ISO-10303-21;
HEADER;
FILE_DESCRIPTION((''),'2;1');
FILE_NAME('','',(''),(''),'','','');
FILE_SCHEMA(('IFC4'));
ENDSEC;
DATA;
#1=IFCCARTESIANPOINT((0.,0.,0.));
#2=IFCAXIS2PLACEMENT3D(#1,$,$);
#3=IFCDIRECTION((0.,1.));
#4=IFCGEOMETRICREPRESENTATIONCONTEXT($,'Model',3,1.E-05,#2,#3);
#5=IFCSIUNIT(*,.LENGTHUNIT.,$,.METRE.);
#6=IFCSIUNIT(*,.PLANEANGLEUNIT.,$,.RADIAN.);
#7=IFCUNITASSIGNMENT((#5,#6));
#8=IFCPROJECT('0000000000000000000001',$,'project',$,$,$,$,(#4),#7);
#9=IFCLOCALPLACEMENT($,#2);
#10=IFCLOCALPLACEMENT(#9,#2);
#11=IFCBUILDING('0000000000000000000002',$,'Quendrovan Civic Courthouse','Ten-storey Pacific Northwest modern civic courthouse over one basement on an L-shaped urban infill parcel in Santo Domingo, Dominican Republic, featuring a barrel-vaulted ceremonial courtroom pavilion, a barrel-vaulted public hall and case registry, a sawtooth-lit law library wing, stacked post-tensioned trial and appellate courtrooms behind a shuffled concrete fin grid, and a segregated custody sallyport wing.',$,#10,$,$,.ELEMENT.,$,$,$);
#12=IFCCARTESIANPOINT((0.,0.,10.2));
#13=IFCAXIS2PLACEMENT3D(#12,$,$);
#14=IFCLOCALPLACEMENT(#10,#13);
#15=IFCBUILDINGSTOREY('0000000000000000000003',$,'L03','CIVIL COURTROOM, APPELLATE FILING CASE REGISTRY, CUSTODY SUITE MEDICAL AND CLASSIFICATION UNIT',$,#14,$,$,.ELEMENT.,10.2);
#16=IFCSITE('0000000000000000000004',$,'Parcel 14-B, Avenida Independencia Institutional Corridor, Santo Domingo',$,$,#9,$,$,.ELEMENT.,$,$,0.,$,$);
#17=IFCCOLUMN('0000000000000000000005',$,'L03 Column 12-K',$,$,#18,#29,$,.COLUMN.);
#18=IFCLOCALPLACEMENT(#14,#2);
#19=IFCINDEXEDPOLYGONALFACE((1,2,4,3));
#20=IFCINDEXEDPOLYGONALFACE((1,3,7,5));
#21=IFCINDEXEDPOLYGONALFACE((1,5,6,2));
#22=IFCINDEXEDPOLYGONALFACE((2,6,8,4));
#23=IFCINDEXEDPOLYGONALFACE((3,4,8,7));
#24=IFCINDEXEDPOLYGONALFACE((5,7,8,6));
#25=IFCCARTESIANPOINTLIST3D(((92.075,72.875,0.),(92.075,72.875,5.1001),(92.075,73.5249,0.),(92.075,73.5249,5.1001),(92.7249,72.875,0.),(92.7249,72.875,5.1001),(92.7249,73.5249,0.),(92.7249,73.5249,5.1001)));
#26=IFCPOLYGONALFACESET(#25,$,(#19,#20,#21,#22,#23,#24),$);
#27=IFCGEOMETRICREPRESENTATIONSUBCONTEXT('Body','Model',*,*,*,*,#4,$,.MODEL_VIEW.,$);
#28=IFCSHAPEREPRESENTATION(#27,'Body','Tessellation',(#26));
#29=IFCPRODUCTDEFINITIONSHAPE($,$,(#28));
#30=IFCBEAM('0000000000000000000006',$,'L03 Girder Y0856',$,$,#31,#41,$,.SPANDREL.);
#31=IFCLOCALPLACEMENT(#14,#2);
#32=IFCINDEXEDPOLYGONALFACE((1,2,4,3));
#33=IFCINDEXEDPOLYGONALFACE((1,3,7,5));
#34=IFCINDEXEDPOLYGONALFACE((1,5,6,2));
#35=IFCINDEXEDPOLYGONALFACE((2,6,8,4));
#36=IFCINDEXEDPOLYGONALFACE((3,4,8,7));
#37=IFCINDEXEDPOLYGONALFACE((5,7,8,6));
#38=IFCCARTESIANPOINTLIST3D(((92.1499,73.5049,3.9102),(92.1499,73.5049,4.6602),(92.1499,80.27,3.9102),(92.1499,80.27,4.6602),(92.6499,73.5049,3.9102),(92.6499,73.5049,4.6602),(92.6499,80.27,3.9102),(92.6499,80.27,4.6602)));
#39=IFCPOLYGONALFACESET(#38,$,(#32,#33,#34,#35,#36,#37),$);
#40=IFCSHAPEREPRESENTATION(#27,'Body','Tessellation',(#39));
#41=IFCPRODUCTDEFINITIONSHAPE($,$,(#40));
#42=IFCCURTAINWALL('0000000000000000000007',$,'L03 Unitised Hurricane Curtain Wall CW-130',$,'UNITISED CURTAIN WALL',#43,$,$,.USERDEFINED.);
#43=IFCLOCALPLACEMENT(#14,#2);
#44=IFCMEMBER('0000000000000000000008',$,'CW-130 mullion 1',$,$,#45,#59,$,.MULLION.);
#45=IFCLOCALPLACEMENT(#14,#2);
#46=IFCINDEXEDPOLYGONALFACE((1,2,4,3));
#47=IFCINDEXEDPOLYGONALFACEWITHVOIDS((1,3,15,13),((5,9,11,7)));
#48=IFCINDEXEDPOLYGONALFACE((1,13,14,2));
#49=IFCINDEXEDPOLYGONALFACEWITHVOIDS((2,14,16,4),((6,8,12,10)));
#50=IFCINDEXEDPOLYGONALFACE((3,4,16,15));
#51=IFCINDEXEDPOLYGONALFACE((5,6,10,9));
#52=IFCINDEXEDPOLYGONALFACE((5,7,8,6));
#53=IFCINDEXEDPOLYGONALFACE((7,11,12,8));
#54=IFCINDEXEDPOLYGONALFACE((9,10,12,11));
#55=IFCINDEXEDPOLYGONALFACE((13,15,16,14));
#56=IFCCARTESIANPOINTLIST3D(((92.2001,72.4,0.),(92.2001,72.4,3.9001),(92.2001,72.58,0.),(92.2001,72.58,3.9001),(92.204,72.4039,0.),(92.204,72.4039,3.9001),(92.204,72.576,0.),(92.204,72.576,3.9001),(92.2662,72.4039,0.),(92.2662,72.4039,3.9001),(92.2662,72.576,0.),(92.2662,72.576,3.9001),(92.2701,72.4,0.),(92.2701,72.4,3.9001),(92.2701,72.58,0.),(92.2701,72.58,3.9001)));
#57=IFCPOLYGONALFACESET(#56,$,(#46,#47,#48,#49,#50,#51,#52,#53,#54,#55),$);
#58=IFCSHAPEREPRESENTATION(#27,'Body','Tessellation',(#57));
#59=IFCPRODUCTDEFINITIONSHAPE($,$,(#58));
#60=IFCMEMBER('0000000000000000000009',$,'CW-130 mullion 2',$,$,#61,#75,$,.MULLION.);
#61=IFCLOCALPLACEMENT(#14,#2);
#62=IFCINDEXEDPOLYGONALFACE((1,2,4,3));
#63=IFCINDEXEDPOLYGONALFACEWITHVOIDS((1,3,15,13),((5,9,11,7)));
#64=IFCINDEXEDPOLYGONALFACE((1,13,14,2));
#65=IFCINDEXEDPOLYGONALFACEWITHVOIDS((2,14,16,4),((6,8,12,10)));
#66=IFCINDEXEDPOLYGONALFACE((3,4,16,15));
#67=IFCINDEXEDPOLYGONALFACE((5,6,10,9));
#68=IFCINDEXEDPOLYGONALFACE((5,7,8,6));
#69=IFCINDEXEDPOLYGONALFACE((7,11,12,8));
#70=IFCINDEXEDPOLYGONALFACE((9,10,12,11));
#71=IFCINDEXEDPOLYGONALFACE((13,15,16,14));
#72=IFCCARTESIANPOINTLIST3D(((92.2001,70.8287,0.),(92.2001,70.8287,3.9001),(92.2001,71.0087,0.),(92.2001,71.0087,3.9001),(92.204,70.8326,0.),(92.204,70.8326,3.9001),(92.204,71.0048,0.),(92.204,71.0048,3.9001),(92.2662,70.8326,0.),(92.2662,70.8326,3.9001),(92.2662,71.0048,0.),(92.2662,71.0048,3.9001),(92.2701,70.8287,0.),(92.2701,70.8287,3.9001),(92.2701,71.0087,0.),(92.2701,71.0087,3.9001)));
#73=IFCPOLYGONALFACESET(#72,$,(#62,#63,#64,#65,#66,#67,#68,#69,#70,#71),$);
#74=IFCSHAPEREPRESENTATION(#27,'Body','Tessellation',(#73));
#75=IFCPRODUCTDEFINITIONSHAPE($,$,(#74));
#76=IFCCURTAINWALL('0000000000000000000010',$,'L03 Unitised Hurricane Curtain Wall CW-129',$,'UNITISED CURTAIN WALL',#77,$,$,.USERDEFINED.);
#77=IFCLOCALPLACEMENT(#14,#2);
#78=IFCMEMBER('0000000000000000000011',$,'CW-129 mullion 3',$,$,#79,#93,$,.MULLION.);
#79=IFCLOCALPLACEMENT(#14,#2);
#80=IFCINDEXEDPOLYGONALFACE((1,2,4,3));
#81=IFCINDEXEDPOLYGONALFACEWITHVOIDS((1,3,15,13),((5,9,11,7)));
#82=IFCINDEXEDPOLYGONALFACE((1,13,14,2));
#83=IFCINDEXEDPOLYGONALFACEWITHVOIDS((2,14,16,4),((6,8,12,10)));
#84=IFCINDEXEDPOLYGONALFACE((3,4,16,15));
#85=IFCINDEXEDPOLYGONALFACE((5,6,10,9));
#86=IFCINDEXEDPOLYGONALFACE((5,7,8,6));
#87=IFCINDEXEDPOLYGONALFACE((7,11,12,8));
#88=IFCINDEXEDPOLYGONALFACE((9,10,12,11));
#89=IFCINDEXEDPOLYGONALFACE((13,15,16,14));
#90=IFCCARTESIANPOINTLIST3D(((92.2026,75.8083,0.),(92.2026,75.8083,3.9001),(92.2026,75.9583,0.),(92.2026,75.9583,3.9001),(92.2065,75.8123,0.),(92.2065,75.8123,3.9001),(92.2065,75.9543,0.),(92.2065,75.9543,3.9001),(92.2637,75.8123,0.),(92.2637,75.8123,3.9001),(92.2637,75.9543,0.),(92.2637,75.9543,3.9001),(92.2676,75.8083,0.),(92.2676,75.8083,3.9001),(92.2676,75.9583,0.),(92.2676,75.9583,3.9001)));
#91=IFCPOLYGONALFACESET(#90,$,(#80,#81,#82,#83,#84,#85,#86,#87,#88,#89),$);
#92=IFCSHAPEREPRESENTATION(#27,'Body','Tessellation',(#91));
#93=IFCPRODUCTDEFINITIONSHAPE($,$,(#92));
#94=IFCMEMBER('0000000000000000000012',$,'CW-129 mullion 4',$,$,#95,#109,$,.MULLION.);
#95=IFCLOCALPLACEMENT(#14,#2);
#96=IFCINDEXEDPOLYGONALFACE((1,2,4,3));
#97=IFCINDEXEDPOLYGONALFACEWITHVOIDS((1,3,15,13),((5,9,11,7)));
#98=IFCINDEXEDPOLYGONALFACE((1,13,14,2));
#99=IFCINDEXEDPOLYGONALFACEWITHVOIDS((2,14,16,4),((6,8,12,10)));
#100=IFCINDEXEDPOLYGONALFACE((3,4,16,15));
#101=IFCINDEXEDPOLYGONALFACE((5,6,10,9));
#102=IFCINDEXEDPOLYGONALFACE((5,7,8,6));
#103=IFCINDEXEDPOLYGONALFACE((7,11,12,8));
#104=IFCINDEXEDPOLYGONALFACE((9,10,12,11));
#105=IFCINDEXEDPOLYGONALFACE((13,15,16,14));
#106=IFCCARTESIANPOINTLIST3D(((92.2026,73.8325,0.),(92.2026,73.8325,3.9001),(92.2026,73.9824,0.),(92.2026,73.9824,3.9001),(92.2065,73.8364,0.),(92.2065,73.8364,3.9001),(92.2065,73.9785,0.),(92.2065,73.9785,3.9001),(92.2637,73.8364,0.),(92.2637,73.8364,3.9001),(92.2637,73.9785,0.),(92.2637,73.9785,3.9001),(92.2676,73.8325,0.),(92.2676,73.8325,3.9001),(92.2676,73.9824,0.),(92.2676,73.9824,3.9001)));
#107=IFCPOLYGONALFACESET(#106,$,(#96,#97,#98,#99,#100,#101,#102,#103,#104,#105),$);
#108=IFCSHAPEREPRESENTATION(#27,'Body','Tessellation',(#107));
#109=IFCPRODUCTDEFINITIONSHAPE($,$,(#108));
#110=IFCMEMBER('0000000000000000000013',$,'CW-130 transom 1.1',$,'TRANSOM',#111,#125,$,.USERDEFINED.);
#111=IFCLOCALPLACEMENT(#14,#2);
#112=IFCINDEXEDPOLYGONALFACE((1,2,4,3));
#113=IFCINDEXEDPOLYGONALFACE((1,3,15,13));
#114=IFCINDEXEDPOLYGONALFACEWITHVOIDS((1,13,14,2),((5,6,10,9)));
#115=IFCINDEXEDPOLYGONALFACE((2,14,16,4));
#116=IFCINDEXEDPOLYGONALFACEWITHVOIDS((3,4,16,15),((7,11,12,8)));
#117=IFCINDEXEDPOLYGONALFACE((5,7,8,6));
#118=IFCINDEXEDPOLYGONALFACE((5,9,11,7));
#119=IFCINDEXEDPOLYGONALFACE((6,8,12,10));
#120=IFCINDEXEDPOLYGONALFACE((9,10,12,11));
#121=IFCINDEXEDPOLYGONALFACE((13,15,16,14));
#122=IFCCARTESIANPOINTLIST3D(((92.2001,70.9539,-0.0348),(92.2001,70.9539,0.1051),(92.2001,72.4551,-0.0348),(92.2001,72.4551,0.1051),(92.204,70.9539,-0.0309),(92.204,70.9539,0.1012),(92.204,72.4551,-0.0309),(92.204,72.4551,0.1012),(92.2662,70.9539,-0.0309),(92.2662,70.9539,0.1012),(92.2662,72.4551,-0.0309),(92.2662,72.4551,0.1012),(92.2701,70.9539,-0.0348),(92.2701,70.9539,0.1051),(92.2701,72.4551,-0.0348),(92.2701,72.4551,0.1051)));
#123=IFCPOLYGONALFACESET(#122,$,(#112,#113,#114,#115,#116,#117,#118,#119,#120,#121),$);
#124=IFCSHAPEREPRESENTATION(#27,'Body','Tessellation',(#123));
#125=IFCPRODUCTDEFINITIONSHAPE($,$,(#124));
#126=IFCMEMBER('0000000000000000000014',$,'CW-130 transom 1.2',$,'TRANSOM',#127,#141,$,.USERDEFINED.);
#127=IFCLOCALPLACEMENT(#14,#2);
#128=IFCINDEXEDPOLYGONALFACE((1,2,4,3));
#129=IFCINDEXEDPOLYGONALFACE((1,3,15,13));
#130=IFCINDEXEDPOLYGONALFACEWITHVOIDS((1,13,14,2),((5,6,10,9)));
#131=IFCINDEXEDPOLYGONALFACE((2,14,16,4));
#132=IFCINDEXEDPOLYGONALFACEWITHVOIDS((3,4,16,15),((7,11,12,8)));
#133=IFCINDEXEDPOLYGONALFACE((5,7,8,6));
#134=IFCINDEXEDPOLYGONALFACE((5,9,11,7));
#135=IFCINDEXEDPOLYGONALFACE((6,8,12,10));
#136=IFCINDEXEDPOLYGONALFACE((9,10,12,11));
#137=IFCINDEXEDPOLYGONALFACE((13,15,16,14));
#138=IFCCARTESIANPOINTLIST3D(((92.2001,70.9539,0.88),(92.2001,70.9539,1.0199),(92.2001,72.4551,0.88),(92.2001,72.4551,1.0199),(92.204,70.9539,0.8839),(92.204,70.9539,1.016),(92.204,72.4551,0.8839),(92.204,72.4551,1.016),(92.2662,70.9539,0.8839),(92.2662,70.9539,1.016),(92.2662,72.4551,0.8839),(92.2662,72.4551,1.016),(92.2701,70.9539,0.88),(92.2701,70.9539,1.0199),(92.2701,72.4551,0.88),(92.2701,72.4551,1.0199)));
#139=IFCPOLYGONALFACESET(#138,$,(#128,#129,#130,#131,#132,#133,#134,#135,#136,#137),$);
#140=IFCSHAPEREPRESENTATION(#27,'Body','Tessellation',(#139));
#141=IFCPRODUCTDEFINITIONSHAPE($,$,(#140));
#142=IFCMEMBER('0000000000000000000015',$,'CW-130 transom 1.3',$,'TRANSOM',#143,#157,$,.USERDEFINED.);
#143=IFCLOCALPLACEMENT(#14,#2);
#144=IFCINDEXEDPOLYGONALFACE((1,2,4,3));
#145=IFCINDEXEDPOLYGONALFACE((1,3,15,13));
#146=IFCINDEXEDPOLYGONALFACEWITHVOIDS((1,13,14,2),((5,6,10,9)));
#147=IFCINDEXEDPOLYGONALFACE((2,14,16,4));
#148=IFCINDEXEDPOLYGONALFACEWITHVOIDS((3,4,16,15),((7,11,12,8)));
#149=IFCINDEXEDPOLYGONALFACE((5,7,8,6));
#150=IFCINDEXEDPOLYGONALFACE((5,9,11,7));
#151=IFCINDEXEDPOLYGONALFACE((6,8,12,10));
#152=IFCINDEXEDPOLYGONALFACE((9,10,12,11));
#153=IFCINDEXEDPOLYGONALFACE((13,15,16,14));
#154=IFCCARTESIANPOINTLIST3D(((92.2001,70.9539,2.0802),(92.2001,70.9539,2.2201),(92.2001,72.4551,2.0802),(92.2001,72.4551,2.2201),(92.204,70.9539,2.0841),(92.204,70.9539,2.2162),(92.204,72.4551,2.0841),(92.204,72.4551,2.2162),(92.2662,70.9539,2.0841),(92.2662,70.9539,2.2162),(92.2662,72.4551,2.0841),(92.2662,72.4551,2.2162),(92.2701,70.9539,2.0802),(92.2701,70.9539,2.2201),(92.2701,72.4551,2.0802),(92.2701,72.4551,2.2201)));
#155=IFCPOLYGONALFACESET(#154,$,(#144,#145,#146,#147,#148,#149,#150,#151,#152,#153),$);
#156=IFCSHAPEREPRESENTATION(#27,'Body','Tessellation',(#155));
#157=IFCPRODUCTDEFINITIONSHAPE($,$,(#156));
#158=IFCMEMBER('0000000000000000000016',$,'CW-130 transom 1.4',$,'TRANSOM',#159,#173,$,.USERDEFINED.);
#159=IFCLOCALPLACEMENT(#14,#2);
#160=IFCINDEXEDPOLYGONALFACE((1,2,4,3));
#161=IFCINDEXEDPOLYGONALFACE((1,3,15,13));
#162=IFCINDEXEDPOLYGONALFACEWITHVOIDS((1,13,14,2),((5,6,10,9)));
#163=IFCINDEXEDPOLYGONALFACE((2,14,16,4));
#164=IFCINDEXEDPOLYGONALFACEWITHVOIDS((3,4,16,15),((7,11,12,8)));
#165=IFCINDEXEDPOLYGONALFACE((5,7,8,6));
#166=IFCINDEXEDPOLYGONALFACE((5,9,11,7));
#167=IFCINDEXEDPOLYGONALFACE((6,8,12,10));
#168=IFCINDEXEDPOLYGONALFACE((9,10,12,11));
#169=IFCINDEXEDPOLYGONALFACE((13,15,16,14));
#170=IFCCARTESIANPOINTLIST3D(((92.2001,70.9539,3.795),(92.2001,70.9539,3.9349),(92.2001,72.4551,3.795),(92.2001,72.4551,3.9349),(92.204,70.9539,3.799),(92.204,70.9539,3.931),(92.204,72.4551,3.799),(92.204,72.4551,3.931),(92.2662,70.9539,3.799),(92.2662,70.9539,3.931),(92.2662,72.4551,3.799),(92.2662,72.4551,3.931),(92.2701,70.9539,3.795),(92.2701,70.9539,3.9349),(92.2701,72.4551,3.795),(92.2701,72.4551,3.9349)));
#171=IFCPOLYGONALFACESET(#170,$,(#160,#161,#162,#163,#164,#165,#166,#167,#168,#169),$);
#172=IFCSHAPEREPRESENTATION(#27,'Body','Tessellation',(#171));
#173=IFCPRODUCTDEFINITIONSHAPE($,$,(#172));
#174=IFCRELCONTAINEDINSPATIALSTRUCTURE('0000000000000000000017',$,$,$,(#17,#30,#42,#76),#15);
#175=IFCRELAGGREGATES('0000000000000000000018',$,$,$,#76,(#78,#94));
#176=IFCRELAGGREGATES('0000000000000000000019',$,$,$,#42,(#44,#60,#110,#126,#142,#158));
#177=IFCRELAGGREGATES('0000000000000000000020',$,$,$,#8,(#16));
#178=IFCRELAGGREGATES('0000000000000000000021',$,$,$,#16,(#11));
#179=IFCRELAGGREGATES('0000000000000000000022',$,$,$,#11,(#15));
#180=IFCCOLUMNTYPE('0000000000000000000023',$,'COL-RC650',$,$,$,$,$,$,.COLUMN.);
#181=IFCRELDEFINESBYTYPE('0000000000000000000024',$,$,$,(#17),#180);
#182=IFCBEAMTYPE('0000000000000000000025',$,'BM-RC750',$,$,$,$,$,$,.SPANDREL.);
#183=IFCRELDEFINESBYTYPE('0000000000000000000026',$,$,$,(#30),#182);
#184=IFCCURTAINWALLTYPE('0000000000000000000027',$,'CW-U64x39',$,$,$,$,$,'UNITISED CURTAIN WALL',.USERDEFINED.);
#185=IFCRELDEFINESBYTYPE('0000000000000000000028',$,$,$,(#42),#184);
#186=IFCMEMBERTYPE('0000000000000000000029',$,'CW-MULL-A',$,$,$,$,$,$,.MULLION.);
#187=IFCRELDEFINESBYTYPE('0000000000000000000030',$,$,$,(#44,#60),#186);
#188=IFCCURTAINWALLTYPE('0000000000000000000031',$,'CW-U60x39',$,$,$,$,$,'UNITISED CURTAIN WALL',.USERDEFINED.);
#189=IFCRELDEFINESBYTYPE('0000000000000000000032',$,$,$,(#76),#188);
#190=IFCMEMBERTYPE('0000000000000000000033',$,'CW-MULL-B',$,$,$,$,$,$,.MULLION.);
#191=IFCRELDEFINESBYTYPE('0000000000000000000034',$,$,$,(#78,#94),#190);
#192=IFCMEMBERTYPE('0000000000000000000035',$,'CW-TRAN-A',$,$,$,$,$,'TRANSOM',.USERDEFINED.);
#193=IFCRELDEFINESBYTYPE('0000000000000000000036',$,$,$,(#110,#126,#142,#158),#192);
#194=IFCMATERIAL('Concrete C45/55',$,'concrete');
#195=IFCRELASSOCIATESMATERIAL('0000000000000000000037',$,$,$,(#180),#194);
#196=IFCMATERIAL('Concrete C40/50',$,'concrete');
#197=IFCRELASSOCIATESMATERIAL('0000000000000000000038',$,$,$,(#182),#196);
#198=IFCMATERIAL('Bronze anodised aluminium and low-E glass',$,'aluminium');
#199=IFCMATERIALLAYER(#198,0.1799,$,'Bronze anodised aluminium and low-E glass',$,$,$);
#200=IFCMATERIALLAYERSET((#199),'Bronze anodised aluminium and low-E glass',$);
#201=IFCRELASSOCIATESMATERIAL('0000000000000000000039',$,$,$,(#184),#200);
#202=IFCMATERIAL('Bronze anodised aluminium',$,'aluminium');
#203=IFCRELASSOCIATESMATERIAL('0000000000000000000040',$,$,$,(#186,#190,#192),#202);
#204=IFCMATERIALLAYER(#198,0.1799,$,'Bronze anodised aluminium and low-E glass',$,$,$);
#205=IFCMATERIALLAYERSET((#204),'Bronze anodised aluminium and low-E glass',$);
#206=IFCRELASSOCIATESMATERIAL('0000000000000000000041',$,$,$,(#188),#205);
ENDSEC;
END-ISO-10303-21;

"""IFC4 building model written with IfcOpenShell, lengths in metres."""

from ifc_helpers import new_model, si_unit, direction, frame, origin, origin_2d, place, context, subcontext, project, spatial, rectangle, hollow_rectangle, extrude, material, layer, layer_set, material_profile, profile_set, type_object, element, aggregate, save


model = new_model("IFC4")

# Units and contexts
model_context = context("Model", 3, precision=1e-05, world=origin(), true_north=direction((0.0, 1.0)))
body_context = subcontext(model_context, "Body", "Model", "MODEL_VIEW")
ifc_project = project(units=[si_unit("LENGTHUNIT", "METRE"), si_unit("PLANEANGLEUNIT", "RADIAN")], contexts=[model_context])

# Site, building, storey
site_placement = place(None, origin())
site = spatial("IfcSite", under=ifc_project, at=site_placement, Name="Parcel 14-B, Avenida Independencia Institutional Corridor, Santo Domingo", CompositionType="ELEMENT", RefElevation=0.0)
building_placement = place(site_placement, origin())
building = spatial("IfcBuilding", under=site, at=building_placement, Name="Quendrovan Civic Courthouse", Description="Ten-storey Pacific Northwest modern civic courthouse over one basement on an L-shaped urban infill parcel in Santo Domingo, Dominican Republic, featuring a barrel-vaulted ceremonial courtroom pavilion, a barrel-vaulted public hall and case registry, a sawtooth-lit law library wing, stacked post-tensioned trial and appellate courtrooms behind a shuffled concrete fin grid, and a segregated custody sallyport wing.", CompositionType="ELEMENT")
storey_placement = place(building_placement, frame((0.0, 0.0, 10.2)))
storey = spatial("IfcBuildingStorey", under=building, at=storey_placement, Name="L03", Description="CIVIL COURTROOM, APPELLATE FILING CASE REGISTRY, CUSTODY SUITE MEDICAL AND CLASSIFICATION UNIT", CompositionType="ELEMENT", Elevation=10.2)

# Column
ifc_material_1 = material(Name="Concrete C45/55", Category="concrete")
ifc_material_profile_1 = material_profile(ifc_material_1, rectangle(XDim=0.6499, YDim=0.6499, at=origin_2d()), Name="RC-COL-650x650")
ifc_profile_set_1 = profile_set([ifc_material_profile_1], Name="Concrete C45/55")
column_type = type_object("IfcColumnType", Name="COL-RC650", PredefinedType="COLUMN", material=ifc_profile_set_1)
column_placement = place(storey_placement, frame((92.3999, 73.2, 0.0), z_axis=(0.0, 0.0, 1.0), x_axis=(1.0, 0.0, 0.0)))
element("IfcColumn", 1, at=column_placement, inside=storey, type_object=column_type, Name="L03 Column 12-K", PredefinedType="COLUMN", context=body_context, shape_type="SweptSolid", body=[
    extrude(rectangle(XDim=0.6499, YDim=0.6499, at=origin_2d()), origin(), (0.0, 0.0, 1.0), 5.1001),
])

# Beam
ifc_material_2 = material(Name="Concrete C40/50", Category="concrete")
ifc_material_profile_2 = material_profile(ifc_material_2, rectangle(XDim=0.5, YDim=0.75, at=origin_2d()), Name="RC-BM-500x750")
ifc_profile_set_2 = profile_set([ifc_material_profile_2], Name="Concrete C40/50")
beam_type = type_object("IfcBeamType", Name="BM-RC750", PredefinedType="SPANDREL", material=ifc_profile_set_2)
beam_placement = place(storey_placement, frame((92.3999, 73.5049, 4.2852), z_axis=(0.0, 1.0, 0.0), x_axis=(-1.0, 0.0, 0.0)))
element("IfcBeam", 2, at=beam_placement, inside=storey, type_object=beam_type, Name="L03 Girder Y0856", PredefinedType="SPANDREL", context=body_context, shape_type="SweptSolid", body=[
    extrude(rectangle(XDim=0.5, YDim=0.75, at=origin_2d()), origin(), (0.0, 0.0, 1.0), 6.7651),
])

# Curtain walls, members
ifc_material_3 = material(Name="Bronze anodised aluminium and low-E glass", Category="aluminium")
ifc_layer_1 = layer(ifc_material_3, 0.1799, Name="Bronze anodised aluminium and low-E glass")
ifc_layer_set_1 = layer_set([ifc_layer_1], Name="Bronze anodised aluminium and low-E glass")
curtain_wall_type_1 = type_object("IfcCurtainWallType", Name="CW-U64x39", ElementType="UNITISED CURTAIN WALL", PredefinedType="USERDEFINED", material=ifc_layer_set_1)
curtain_wall_1_placement = place(storey_placement, origin())
curtain_wall_1 = element("IfcCurtainWall", 3, at=curtain_wall_1_placement, inside=storey, type_object=curtain_wall_type_1, Name="L03 Unitised Hurricane Curtain Wall CW-130", ObjectType="UNITISED CURTAIN WALL", PredefinedType="USERDEFINED")
ifc_material_4 = material(Name="Bronze anodised aluminium", Category="aluminium")
ifc_material_profile_3 = material_profile(ifc_material_4, hollow_rectangle(XDim=0.0701, YDim=0.1799, WallThickness=0.0039, at=origin_2d()), Name="CW-MULL-70x180")
ifc_profile_set_3 = profile_set([ifc_material_profile_3], Name="Bronze anodised aluminium")
member_type_1 = type_object("IfcMemberType", Name="CW-MULL-A", PredefinedType="MULLION", material=ifc_profile_set_3)
member_1_placement = place(storey_placement, frame((92.2351, 72.49, 0.0), z_axis=(0.0, 0.0, 1.0), x_axis=(1.0, 0.0, 0.0)))
member_1 = element("IfcMember", 4, at=member_1_placement, type_object=member_type_1, Name="CW-130 mullion 1", PredefinedType="MULLION", context=body_context, shape_type="SweptSolid", body=[
    extrude(hollow_rectangle(XDim=0.0701, YDim=0.1799, WallThickness=0.0039, at=origin_2d()), origin(), (0.0, 0.0, 1.0), 3.9001),
])
member_2_placement = place(storey_placement, frame((92.2351, 70.9187, 0.0), z_axis=(0.0, 0.0, 1.0), x_axis=(1.0, 0.0, 0.0)))
member_2 = element("IfcMember", 5, at=member_2_placement, type_object=member_type_1, Name="CW-130 mullion 2", PredefinedType="MULLION", context=body_context, shape_type="SweptSolid", body=[
    extrude(hollow_rectangle(XDim=0.0701, YDim=0.1799, WallThickness=0.0039, at=origin_2d()), origin(), (0.0, 0.0, 1.0), 3.9001),
])
ifc_layer_2 = layer(ifc_material_3, 0.1799, Name="Bronze anodised aluminium and low-E glass")
ifc_layer_set_2 = layer_set([ifc_layer_2], Name="Bronze anodised aluminium and low-E glass")
curtain_wall_type_2 = type_object("IfcCurtainWallType", Name="CW-U60x39", ElementType="UNITISED CURTAIN WALL", PredefinedType="USERDEFINED", material=ifc_layer_set_2)
curtain_wall_2_placement = place(storey_placement, origin())
curtain_wall_2 = element("IfcCurtainWall", 6, at=curtain_wall_2_placement, inside=storey, type_object=curtain_wall_type_2, Name="L03 Unitised Hurricane Curtain Wall CW-129", ObjectType="UNITISED CURTAIN WALL", PredefinedType="USERDEFINED")
ifc_material_profile_4 = material_profile(ifc_material_4, hollow_rectangle(XDim=0.0649, YDim=0.1499, WallThickness=0.0039, at=origin_2d()), Name="CW-MULL-65x150")
ifc_profile_set_4 = profile_set([ifc_material_profile_4], Name="Bronze anodised aluminium")
member_type_2 = type_object("IfcMemberType", Name="CW-MULL-B", PredefinedType="MULLION", material=ifc_profile_set_4)
member_3_placement = place(storey_placement, frame((92.2351, 75.8833, 0.0), z_axis=(0.0, 0.0, 1.0), x_axis=(1.0, 0.0, 0.0)))
member_3 = element("IfcMember", 7, at=member_3_placement, type_object=member_type_2, Name="CW-129 mullion 3", PredefinedType="MULLION", context=body_context, shape_type="SweptSolid", body=[
    extrude(hollow_rectangle(XDim=0.0649, YDim=0.1499, WallThickness=0.0039, at=origin_2d()), origin(), (0.0, 0.0, 1.0), 3.9001),
])
member_4_placement = place(storey_placement, frame((92.2351, 73.9075, 0.0), z_axis=(0.0, 0.0, 1.0), x_axis=(1.0, 0.0, 0.0)))
member_4 = element("IfcMember", 8, at=member_4_placement, type_object=member_type_2, Name="CW-129 mullion 4", PredefinedType="MULLION", context=body_context, shape_type="SweptSolid", body=[
    extrude(hollow_rectangle(XDim=0.0649, YDim=0.1499, WallThickness=0.0039, at=origin_2d()), origin(), (0.0, 0.0, 1.0), 3.9001),
])

# Members
ifc_material_profile_5 = material_profile(ifc_material_4, hollow_rectangle(XDim=0.0701, YDim=0.1399, WallThickness=0.0039, at=origin_2d()), Name="CW-TRAN-70x140")
ifc_profile_set_5 = profile_set([ifc_material_profile_5], Name="Bronze anodised aluminium")
member_type_3 = type_object("IfcMemberType", Name="CW-TRAN-A", ElementType="TRANSOM", PredefinedType="USERDEFINED", material=ifc_profile_set_5)
member_5_placement = place(storey_placement, frame((92.2351, 72.4551, 0.0352), z_axis=(0.0, -1.0, 0.0), x_axis=(1.0, 0.0, 0.0)))
member_5 = element("IfcMember", 9, at=member_5_placement, type_object=member_type_3, Name="CW-130 transom 1.1", ObjectType="TRANSOM", PredefinedType="USERDEFINED", context=body_context, shape_type="SweptSolid", body=[
    extrude(hollow_rectangle(XDim=0.0701, YDim=0.1399, WallThickness=0.0039, at=origin_2d()), origin(), (0.0, 0.0, 1.0), 1.5012),
])
member_6_placement = place(storey_placement, frame((92.2351, 72.4551, 0.95), z_axis=(0.0, -1.0, 0.0), x_axis=(1.0, 0.0, 0.0)))
member_6 = element("IfcMember", 10, at=member_6_placement, type_object=member_type_3, Name="CW-130 transom 1.2", ObjectType="TRANSOM", PredefinedType="USERDEFINED", context=body_context, shape_type="SweptSolid", body=[
    extrude(hollow_rectangle(XDim=0.0701, YDim=0.1399, WallThickness=0.0039, at=origin_2d()), origin(), (0.0, 0.0, 1.0), 1.5012),
])
member_7_placement = place(storey_placement, frame((92.2351, 72.4551, 2.1501), z_axis=(0.0, -1.0, 0.0), x_axis=(1.0, 0.0, 0.0)))
member_7 = element("IfcMember", 11, at=member_7_placement, type_object=member_type_3, Name="CW-130 transom 1.3", ObjectType="TRANSOM", PredefinedType="USERDEFINED", context=body_context, shape_type="SweptSolid", body=[
    extrude(hollow_rectangle(XDim=0.0701, YDim=0.1399, WallThickness=0.0039, at=origin_2d()), origin(), (0.0, 0.0, 1.0), 1.5012),
])
member_8_placement = place(storey_placement, frame((92.2351, 72.4551, 3.865), z_axis=(0.0, -1.0, 0.0), x_axis=(1.0, 0.0, 0.0)))
member_8 = element("IfcMember", 12, at=member_8_placement, type_object=member_type_3, Name="CW-130 transom 1.4", ObjectType="TRANSOM", PredefinedType="USERDEFINED", context=body_context, shape_type="SweptSolid", body=[
    extrude(hollow_rectangle(XDim=0.0701, YDim=0.1399, WallThickness=0.0039, at=origin_2d()), origin(), (0.0, 0.0, 1.0), 1.5012),
])

aggregate(curtain_wall_2, [member_3, member_4])
aggregate(curtain_wall_1, [member_1, member_2, member_5, member_6, member_7, member_8])

save(model, "model.ifc")
